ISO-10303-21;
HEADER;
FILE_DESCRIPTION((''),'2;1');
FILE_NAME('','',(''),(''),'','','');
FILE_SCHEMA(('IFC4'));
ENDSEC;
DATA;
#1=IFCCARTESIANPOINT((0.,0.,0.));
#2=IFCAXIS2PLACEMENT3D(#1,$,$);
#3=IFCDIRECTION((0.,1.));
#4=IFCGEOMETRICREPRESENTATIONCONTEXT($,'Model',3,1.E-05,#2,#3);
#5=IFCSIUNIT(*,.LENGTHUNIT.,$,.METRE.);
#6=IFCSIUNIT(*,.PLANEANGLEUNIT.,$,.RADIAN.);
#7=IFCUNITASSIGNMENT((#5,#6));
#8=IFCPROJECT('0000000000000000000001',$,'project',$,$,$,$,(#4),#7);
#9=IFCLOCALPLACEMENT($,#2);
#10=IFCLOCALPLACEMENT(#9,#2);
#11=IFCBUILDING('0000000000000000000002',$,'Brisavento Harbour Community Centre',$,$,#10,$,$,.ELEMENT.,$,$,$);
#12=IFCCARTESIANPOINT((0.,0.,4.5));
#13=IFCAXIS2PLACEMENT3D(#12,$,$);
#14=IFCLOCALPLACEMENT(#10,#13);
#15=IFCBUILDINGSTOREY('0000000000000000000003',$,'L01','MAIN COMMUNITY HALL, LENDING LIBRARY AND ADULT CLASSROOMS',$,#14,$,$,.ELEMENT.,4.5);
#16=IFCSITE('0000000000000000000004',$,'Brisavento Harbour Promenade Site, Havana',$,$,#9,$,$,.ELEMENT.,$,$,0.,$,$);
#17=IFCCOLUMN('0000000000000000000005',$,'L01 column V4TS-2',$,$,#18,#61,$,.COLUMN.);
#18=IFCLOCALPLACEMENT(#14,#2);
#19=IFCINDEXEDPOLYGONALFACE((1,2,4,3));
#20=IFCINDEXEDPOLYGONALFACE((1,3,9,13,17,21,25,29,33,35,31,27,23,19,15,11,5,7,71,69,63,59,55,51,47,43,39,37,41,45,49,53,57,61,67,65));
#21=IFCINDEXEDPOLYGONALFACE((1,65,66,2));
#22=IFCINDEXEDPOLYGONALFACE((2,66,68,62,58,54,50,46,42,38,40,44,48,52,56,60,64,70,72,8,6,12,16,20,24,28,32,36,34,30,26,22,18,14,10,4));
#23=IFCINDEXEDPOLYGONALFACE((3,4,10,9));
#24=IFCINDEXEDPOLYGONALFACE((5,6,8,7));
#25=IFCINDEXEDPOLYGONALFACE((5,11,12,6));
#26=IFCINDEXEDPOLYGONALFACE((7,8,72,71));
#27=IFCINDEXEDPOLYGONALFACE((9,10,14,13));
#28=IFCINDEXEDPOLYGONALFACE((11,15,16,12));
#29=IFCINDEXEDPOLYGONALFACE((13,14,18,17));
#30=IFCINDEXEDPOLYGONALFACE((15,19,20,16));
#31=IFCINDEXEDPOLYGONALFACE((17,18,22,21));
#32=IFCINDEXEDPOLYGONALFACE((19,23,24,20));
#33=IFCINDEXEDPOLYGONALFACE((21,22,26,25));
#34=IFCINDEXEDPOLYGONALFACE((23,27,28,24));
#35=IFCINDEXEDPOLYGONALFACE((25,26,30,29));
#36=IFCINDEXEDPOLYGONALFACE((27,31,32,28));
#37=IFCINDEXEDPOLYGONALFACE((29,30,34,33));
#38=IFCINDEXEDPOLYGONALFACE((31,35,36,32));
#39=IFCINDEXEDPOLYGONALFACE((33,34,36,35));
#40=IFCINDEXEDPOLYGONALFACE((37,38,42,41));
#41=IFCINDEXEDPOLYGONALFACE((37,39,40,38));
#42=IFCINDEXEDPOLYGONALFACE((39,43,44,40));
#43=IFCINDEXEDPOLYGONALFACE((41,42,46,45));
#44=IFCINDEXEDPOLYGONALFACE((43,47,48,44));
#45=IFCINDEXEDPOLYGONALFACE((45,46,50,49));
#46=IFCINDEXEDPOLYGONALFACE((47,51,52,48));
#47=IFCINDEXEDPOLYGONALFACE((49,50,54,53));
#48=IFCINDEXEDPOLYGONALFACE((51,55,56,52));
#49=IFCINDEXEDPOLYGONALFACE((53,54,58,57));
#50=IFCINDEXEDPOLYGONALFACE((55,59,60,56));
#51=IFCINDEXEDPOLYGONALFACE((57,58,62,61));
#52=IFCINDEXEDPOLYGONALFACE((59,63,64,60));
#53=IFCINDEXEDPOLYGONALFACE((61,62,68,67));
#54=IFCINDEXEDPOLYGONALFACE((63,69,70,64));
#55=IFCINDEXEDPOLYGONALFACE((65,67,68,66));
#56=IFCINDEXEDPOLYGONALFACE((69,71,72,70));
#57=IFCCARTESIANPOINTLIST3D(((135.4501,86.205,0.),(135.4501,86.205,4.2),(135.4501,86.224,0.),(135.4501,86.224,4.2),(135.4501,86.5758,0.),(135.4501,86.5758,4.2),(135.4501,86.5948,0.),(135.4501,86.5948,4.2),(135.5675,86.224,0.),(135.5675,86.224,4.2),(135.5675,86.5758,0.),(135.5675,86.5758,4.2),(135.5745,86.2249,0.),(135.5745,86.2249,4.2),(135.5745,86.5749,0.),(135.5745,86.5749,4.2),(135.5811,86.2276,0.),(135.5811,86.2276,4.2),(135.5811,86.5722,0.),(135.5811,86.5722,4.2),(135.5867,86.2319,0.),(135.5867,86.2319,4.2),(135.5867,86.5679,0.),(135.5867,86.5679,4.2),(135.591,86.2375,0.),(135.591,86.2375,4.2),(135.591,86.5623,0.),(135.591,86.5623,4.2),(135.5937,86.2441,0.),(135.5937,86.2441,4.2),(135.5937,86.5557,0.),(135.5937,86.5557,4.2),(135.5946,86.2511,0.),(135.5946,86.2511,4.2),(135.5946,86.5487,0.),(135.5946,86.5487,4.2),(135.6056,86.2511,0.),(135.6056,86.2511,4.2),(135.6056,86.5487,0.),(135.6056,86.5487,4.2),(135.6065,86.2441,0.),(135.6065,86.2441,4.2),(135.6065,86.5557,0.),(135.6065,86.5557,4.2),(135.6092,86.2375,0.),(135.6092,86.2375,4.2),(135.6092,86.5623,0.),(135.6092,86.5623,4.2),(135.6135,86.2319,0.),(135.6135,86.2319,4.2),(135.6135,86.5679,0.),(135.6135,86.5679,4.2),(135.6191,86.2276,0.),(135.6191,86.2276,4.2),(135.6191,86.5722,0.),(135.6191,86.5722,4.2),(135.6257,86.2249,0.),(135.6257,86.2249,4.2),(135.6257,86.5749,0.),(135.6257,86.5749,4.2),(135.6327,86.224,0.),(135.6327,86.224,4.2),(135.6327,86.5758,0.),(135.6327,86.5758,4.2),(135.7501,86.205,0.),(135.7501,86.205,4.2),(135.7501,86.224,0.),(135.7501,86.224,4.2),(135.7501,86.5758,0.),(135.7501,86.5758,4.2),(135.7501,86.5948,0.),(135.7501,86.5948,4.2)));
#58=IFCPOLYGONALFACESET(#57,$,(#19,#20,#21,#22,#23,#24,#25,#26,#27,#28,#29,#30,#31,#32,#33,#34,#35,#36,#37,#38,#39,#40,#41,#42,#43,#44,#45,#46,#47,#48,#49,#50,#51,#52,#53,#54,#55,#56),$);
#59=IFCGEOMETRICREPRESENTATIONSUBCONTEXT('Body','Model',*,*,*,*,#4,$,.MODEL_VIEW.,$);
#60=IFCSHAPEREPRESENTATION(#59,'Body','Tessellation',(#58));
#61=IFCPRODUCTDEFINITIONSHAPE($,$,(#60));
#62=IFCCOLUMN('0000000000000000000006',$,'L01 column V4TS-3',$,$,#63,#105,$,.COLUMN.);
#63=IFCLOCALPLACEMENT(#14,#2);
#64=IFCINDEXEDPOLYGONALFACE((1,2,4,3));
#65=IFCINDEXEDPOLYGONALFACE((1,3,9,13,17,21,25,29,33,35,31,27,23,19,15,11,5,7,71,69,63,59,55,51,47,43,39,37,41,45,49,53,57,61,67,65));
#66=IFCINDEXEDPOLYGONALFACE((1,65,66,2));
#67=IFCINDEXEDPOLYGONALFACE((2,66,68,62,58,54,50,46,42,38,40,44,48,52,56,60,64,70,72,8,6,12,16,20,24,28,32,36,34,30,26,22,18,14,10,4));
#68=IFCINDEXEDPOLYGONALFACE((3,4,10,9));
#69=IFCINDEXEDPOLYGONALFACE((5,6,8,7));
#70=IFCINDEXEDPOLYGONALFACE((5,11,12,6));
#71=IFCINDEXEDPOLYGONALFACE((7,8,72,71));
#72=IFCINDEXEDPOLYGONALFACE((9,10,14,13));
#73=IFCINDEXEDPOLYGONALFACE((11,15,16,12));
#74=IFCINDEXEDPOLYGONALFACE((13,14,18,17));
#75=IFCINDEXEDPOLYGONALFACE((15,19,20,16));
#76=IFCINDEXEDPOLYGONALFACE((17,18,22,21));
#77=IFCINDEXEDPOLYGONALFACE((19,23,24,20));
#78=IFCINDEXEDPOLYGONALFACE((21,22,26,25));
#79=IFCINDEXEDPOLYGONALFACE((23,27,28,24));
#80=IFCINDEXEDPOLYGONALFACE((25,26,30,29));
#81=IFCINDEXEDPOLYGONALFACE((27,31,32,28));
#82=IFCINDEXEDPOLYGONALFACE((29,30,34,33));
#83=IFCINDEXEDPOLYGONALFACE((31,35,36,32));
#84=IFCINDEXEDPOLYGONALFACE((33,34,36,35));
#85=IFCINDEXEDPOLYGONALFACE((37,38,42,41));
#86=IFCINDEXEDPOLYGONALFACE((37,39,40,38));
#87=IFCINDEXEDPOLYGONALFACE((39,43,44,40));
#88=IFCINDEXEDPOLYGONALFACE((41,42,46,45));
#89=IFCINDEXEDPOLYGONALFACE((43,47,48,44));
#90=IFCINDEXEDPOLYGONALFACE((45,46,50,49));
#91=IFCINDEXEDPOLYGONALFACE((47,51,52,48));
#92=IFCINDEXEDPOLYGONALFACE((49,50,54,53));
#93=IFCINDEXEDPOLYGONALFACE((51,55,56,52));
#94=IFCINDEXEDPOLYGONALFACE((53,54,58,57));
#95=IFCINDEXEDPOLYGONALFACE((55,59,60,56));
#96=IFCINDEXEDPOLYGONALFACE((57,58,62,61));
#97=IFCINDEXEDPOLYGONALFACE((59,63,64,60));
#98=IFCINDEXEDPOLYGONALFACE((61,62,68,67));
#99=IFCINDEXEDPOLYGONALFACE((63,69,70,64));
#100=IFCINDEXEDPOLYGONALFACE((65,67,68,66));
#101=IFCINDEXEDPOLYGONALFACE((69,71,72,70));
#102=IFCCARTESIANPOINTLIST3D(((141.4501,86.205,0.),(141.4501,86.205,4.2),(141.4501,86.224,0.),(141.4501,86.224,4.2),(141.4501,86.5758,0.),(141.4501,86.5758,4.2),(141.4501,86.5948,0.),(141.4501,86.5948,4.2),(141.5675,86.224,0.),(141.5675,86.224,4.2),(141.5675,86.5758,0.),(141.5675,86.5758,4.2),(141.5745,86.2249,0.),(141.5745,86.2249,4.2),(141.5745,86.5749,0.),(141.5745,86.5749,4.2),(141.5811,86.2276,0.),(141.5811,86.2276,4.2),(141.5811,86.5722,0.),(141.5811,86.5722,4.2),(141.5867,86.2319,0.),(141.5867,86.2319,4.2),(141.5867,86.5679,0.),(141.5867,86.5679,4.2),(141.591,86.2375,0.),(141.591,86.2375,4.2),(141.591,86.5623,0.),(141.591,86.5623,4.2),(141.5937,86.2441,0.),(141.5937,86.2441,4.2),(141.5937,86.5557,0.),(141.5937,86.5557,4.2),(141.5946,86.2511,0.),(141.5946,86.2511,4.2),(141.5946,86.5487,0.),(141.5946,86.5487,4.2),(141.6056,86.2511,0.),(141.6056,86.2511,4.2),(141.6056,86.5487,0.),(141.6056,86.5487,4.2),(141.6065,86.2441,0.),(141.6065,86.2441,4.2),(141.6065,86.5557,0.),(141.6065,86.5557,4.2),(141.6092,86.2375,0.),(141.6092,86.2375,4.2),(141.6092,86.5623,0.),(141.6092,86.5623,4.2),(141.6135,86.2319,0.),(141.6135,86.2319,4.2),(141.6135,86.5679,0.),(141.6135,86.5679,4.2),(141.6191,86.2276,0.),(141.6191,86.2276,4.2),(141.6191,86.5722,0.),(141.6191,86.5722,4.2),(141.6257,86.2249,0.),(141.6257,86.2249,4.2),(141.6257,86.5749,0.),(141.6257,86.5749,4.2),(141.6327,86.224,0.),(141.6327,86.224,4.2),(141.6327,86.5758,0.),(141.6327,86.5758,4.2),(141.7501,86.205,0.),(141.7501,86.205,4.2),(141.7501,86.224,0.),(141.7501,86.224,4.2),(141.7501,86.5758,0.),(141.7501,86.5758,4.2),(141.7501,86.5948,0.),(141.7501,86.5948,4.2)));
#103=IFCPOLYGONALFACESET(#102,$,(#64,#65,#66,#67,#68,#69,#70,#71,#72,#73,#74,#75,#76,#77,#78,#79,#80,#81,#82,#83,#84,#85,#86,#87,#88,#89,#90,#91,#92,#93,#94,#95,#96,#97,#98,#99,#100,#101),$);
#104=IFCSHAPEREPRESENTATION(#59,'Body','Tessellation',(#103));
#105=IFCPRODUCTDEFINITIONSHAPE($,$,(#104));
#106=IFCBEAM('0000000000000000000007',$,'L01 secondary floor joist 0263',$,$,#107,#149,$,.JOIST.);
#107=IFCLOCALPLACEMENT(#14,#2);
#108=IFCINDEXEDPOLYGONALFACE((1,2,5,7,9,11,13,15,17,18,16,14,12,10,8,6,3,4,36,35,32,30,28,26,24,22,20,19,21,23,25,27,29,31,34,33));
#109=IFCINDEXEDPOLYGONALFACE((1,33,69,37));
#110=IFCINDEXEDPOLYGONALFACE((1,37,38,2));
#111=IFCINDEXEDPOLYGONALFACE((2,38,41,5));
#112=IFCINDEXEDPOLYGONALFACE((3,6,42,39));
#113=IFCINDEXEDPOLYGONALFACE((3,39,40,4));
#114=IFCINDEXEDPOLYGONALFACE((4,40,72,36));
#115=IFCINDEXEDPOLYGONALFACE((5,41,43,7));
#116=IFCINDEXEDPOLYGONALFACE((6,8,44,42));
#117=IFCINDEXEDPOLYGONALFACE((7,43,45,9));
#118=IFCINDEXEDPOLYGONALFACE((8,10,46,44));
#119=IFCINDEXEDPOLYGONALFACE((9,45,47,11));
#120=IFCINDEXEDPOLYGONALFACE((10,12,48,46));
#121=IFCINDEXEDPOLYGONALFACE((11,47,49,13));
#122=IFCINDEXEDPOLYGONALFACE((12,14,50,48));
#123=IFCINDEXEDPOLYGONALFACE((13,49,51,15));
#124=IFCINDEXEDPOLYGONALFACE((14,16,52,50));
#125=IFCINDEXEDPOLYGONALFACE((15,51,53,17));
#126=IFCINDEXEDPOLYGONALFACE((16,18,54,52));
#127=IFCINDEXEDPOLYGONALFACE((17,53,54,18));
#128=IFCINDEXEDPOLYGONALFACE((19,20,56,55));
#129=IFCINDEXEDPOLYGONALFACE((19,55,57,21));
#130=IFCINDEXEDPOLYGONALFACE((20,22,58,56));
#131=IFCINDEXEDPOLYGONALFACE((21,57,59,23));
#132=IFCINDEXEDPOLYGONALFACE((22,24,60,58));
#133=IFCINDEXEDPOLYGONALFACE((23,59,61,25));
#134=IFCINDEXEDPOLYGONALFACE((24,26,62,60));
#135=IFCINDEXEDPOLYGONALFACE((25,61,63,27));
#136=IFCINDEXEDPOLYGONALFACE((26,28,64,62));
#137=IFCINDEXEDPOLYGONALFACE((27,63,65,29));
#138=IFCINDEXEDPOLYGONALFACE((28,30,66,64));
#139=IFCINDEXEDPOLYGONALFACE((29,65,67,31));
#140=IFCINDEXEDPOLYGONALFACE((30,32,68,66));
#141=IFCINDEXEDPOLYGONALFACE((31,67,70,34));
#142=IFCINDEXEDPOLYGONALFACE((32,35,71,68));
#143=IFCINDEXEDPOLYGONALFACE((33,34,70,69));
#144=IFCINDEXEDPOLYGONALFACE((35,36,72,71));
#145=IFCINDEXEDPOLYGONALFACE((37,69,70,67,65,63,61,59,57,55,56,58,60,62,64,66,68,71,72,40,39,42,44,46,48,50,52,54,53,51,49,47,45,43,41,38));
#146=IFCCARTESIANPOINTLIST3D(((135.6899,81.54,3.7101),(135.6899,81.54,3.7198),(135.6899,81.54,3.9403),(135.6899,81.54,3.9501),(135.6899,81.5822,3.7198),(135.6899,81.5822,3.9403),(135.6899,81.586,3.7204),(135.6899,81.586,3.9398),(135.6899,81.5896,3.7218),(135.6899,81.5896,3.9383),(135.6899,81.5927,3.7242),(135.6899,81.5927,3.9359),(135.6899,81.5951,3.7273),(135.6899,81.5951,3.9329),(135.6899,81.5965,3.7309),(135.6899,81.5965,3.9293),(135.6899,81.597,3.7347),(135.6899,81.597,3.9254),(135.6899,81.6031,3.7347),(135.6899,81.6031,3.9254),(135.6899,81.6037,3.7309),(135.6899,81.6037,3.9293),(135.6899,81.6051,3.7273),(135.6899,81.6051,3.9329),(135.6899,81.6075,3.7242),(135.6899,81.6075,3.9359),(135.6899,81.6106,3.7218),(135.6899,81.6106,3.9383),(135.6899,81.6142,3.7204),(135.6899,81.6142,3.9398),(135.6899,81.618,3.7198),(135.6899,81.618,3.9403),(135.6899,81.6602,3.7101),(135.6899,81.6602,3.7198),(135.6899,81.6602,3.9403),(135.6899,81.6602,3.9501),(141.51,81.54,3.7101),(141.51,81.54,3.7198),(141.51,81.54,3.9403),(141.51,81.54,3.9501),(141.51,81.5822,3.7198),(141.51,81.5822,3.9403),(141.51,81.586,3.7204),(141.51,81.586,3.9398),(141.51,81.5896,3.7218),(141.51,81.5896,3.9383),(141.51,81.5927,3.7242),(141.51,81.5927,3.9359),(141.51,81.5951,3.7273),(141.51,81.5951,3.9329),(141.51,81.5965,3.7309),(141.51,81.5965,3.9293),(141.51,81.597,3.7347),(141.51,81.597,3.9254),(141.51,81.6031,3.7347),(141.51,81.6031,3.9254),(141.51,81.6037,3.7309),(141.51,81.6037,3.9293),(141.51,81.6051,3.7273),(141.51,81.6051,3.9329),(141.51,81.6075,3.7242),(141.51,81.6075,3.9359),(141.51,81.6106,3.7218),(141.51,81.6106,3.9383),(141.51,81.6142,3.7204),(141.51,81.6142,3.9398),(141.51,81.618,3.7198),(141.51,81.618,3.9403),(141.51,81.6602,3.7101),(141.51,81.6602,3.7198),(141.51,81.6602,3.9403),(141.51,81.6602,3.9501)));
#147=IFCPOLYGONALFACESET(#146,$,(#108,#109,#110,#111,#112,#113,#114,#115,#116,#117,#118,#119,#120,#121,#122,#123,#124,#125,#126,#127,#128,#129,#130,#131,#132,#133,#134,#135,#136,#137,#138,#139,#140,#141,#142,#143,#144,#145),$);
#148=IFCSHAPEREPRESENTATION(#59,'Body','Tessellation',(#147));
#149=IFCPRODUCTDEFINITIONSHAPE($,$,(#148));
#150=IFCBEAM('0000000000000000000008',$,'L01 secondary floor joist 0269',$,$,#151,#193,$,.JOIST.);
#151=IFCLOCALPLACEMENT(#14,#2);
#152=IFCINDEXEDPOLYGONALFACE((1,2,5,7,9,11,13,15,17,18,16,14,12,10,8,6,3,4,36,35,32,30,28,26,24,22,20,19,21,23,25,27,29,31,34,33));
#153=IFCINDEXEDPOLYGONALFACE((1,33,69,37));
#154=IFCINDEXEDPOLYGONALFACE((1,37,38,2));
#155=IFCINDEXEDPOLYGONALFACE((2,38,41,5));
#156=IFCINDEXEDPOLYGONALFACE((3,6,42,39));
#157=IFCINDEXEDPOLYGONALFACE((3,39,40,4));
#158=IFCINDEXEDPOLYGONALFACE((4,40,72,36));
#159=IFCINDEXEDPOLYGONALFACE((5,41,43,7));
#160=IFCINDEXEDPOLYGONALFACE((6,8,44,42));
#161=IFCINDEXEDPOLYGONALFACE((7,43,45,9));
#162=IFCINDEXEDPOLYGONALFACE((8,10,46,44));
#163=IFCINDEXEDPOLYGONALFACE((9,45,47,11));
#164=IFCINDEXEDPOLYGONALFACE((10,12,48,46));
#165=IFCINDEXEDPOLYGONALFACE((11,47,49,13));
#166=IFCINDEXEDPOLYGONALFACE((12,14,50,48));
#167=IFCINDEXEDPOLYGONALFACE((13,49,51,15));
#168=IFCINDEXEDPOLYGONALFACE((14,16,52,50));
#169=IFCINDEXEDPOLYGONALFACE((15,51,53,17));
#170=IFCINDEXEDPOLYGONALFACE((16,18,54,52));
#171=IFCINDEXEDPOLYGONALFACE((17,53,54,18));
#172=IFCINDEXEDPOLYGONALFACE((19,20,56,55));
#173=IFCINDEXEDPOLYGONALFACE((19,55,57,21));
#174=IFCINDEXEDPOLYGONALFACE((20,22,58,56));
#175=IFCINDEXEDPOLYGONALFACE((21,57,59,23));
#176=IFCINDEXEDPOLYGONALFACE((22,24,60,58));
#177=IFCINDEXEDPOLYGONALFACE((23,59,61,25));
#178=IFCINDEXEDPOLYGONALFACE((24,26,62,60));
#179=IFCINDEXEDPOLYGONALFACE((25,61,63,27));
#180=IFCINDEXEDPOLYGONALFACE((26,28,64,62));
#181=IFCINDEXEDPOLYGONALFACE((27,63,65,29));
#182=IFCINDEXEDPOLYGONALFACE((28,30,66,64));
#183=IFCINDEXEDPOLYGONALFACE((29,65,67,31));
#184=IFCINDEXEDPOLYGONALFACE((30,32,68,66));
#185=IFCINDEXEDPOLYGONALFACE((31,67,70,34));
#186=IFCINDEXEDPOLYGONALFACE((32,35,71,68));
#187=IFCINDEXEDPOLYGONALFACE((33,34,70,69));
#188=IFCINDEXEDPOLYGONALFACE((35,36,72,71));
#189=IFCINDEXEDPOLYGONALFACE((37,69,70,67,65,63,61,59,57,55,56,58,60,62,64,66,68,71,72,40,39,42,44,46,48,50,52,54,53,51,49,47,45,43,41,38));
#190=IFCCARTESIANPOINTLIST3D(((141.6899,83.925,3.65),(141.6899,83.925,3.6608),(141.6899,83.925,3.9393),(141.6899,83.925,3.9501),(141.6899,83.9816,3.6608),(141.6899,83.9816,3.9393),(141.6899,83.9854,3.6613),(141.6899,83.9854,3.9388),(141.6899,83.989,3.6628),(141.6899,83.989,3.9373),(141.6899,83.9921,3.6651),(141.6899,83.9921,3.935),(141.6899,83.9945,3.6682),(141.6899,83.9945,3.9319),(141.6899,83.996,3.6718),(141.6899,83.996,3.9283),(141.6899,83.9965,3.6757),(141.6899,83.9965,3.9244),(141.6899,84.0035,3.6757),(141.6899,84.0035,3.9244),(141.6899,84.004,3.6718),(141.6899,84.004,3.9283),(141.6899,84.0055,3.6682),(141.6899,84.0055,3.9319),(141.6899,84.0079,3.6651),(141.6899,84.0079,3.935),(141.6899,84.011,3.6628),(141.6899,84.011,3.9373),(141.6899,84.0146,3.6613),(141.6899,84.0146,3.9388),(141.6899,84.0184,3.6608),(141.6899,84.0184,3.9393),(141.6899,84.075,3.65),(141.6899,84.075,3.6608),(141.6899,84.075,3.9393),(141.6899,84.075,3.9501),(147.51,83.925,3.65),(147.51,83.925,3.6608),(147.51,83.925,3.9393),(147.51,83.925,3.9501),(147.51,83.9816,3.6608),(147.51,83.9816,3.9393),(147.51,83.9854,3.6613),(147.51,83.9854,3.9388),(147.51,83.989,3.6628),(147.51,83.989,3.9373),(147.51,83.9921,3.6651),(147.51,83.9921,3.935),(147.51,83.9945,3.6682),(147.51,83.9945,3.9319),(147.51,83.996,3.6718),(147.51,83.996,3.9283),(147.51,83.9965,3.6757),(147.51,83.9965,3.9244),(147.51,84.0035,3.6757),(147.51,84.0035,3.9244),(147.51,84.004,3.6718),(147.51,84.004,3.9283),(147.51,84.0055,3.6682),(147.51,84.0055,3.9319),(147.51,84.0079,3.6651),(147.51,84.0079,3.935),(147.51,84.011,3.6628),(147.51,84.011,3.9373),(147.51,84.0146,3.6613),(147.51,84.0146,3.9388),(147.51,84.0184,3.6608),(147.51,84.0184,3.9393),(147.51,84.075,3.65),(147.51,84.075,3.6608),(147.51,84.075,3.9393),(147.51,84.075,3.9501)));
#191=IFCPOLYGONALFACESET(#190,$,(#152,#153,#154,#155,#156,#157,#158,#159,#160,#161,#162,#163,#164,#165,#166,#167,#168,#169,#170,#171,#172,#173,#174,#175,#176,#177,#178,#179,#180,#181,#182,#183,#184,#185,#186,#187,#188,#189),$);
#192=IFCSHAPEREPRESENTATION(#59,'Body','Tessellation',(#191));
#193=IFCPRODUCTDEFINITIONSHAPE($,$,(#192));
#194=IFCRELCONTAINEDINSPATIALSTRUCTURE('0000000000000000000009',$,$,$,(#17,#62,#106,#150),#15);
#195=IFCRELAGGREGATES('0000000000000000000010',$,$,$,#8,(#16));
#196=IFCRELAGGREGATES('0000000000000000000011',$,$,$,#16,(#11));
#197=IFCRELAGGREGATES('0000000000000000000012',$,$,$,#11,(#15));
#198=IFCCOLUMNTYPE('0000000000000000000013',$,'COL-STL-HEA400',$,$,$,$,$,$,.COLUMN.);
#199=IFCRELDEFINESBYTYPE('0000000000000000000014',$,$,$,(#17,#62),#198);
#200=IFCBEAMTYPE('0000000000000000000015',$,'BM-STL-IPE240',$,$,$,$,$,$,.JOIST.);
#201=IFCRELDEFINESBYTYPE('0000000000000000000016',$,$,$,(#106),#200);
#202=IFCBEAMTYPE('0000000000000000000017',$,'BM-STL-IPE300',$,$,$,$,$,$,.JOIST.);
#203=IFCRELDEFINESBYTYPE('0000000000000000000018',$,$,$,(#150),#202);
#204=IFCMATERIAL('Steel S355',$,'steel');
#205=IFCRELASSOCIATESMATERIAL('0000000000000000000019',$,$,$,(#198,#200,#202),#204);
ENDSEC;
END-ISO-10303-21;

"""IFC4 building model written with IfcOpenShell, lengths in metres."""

from ifc_helpers import new_model, si_unit, direction, frame, origin, origin_2d, place, context, subcontext, project, spatial, i_section, extrude, material, material_profile, profile_set, type_object, element, save


model = new_model("IFC4")

# Units and contexts
model_context = context("Model", 3, precision=1e-05, world=origin(), true_north=direction((0.0, 1.0)))
body_context = subcontext(model_context, "Body", "Model", "MODEL_VIEW")
ifc_project = project(units=[si_unit("LENGTHUNIT", "METRE"), si_unit("PLANEANGLEUNIT", "RADIAN")], contexts=[model_context])

# Site, building, storey
site_placement = place(None, origin())
site = spatial("IfcSite", under=ifc_project, at=site_placement, Name="Brisavento Harbour Promenade Site, Havana", CompositionType="ELEMENT", RefElevation=0.0)
building_placement = place(site_placement, origin())
building = spatial("IfcBuilding", under=site, at=building_placement, Name="Brisavento Harbour Community Centre", CompositionType="ELEMENT")
storey_placement = place(building_placement, frame((0.0, 0.0, 4.5)))
storey = spatial("IfcBuildingStorey", under=building, at=storey_placement, Name="L01", Description="MAIN COMMUNITY HALL, LENDING LIBRARY AND ADULT CLASSROOMS", CompositionType="ELEMENT", Elevation=4.5)

# Columns
ifc_material_1 = material(Name="Steel S355", Category="steel")
ifc_material_profile_1 = material_profile(ifc_material_1, i_section(OverallWidth=0.3, OverallDepth=0.3899, WebThickness=0.011, FlangeThickness=0.019, FilletRadius=0.0271, at=origin_2d()), Name="Steel S355")
ifc_profile_set_1 = profile_set([ifc_material_profile_1], Name="Steel S355")
column_type = type_object("IfcColumnType", Name="COL-STL-HEA400", PredefinedType="COLUMN", material=ifc_profile_set_1)
for number, where, z_axis, x_axis, name in (
    (1, (135.6001, 86.3999, 0.0), (0.0, 0.0, 1.0), (1.0, 0.0, 0.0), "L01 column V4TS-2"),
    (2, (141.6001, 86.3999, 0.0), (0.0, 0.0, 1.0), (1.0, 0.0, 0.0), "L01 column V4TS-3"),
):
    element("IfcColumn", number, at=place(storey_placement, frame(where, z_axis=z_axis, x_axis=x_axis)), inside=storey, type_object=column_type, Name=name, PredefinedType="COLUMN", context=body_context, shape_type="SweptSolid", body=[
        extrude(i_section(OverallWidth=0.3, OverallDepth=0.3899, WebThickness=0.011, FlangeThickness=0.019, FilletRadius=0.0271, at=origin_2d()), origin(), (0.0, 0.0, 1.0), 4.2),
    ])

# Beams
ifc_material_profile_2 = material_profile(ifc_material_1, i_section(OverallWidth=0.1201, OverallDepth=0.24, WebThickness=0.0061, FlangeThickness=0.0098, FilletRadius=0.0149, at=origin_2d()), Name="Steel S355")
ifc_profile_set_2 = profile_set([ifc_material_profile_2], Name="Steel S355")
beam_type_1 = type_object("IfcBeamType", Name="BM-STL-IPE240", PredefinedType="JOIST", material=ifc_profile_set_2)
beam_1_placement = place(storey_placement, frame((135.6899, 81.6001, 3.8301), z_axis=(1.0, 0.0, 0.0), x_axis=(0.0, 1.0, 0.0)))
element("IfcBeam", 3, at=beam_1_placement, inside=storey, type_object=beam_type_1, Name="L01 secondary floor joist 0263", PredefinedType="JOIST", context=body_context, shape_type="SweptSolid", body=[
    extrude(i_section(OverallWidth=0.1201, OverallDepth=0.24, WebThickness=0.0061, FlangeThickness=0.0098, FilletRadius=0.0149, at=origin_2d()), origin(), (0.0, 0.0, 1.0), 5.8201),
])
ifc_material_profile_3 = material_profile(ifc_material_1, i_section(OverallWidth=0.1499, OverallDepth=0.3, WebThickness=0.0071, FlangeThickness=0.0107, FilletRadius=0.0149, at=origin_2d()), Name="Steel S355")
ifc_profile_set_3 = profile_set([ifc_material_profile_3], Name="Steel S355")
beam_type_2 = type_object("IfcBeamType", Name="BM-STL-IPE300", PredefinedType="JOIST", material=ifc_profile_set_3)
beam_2_placement = place(storey_placement, frame((141.6899, 84.0, 3.8), z_axis=(1.0, 0.0, 0.0), x_axis=(0.0, 1.0, 0.0)))
element("IfcBeam", 4, at=beam_2_placement, inside=storey, type_object=beam_type_2, Name="L01 secondary floor joist 0269", PredefinedType="JOIST", context=body_context, shape_type="SweptSolid", body=[
    extrude(i_section(OverallWidth=0.1499, OverallDepth=0.3, WebThickness=0.0071, FlangeThickness=0.0107, FilletRadius=0.0149, at=origin_2d()), origin(), (0.0, 0.0, 1.0), 5.8201),
])

save(model, "model.ifc")
